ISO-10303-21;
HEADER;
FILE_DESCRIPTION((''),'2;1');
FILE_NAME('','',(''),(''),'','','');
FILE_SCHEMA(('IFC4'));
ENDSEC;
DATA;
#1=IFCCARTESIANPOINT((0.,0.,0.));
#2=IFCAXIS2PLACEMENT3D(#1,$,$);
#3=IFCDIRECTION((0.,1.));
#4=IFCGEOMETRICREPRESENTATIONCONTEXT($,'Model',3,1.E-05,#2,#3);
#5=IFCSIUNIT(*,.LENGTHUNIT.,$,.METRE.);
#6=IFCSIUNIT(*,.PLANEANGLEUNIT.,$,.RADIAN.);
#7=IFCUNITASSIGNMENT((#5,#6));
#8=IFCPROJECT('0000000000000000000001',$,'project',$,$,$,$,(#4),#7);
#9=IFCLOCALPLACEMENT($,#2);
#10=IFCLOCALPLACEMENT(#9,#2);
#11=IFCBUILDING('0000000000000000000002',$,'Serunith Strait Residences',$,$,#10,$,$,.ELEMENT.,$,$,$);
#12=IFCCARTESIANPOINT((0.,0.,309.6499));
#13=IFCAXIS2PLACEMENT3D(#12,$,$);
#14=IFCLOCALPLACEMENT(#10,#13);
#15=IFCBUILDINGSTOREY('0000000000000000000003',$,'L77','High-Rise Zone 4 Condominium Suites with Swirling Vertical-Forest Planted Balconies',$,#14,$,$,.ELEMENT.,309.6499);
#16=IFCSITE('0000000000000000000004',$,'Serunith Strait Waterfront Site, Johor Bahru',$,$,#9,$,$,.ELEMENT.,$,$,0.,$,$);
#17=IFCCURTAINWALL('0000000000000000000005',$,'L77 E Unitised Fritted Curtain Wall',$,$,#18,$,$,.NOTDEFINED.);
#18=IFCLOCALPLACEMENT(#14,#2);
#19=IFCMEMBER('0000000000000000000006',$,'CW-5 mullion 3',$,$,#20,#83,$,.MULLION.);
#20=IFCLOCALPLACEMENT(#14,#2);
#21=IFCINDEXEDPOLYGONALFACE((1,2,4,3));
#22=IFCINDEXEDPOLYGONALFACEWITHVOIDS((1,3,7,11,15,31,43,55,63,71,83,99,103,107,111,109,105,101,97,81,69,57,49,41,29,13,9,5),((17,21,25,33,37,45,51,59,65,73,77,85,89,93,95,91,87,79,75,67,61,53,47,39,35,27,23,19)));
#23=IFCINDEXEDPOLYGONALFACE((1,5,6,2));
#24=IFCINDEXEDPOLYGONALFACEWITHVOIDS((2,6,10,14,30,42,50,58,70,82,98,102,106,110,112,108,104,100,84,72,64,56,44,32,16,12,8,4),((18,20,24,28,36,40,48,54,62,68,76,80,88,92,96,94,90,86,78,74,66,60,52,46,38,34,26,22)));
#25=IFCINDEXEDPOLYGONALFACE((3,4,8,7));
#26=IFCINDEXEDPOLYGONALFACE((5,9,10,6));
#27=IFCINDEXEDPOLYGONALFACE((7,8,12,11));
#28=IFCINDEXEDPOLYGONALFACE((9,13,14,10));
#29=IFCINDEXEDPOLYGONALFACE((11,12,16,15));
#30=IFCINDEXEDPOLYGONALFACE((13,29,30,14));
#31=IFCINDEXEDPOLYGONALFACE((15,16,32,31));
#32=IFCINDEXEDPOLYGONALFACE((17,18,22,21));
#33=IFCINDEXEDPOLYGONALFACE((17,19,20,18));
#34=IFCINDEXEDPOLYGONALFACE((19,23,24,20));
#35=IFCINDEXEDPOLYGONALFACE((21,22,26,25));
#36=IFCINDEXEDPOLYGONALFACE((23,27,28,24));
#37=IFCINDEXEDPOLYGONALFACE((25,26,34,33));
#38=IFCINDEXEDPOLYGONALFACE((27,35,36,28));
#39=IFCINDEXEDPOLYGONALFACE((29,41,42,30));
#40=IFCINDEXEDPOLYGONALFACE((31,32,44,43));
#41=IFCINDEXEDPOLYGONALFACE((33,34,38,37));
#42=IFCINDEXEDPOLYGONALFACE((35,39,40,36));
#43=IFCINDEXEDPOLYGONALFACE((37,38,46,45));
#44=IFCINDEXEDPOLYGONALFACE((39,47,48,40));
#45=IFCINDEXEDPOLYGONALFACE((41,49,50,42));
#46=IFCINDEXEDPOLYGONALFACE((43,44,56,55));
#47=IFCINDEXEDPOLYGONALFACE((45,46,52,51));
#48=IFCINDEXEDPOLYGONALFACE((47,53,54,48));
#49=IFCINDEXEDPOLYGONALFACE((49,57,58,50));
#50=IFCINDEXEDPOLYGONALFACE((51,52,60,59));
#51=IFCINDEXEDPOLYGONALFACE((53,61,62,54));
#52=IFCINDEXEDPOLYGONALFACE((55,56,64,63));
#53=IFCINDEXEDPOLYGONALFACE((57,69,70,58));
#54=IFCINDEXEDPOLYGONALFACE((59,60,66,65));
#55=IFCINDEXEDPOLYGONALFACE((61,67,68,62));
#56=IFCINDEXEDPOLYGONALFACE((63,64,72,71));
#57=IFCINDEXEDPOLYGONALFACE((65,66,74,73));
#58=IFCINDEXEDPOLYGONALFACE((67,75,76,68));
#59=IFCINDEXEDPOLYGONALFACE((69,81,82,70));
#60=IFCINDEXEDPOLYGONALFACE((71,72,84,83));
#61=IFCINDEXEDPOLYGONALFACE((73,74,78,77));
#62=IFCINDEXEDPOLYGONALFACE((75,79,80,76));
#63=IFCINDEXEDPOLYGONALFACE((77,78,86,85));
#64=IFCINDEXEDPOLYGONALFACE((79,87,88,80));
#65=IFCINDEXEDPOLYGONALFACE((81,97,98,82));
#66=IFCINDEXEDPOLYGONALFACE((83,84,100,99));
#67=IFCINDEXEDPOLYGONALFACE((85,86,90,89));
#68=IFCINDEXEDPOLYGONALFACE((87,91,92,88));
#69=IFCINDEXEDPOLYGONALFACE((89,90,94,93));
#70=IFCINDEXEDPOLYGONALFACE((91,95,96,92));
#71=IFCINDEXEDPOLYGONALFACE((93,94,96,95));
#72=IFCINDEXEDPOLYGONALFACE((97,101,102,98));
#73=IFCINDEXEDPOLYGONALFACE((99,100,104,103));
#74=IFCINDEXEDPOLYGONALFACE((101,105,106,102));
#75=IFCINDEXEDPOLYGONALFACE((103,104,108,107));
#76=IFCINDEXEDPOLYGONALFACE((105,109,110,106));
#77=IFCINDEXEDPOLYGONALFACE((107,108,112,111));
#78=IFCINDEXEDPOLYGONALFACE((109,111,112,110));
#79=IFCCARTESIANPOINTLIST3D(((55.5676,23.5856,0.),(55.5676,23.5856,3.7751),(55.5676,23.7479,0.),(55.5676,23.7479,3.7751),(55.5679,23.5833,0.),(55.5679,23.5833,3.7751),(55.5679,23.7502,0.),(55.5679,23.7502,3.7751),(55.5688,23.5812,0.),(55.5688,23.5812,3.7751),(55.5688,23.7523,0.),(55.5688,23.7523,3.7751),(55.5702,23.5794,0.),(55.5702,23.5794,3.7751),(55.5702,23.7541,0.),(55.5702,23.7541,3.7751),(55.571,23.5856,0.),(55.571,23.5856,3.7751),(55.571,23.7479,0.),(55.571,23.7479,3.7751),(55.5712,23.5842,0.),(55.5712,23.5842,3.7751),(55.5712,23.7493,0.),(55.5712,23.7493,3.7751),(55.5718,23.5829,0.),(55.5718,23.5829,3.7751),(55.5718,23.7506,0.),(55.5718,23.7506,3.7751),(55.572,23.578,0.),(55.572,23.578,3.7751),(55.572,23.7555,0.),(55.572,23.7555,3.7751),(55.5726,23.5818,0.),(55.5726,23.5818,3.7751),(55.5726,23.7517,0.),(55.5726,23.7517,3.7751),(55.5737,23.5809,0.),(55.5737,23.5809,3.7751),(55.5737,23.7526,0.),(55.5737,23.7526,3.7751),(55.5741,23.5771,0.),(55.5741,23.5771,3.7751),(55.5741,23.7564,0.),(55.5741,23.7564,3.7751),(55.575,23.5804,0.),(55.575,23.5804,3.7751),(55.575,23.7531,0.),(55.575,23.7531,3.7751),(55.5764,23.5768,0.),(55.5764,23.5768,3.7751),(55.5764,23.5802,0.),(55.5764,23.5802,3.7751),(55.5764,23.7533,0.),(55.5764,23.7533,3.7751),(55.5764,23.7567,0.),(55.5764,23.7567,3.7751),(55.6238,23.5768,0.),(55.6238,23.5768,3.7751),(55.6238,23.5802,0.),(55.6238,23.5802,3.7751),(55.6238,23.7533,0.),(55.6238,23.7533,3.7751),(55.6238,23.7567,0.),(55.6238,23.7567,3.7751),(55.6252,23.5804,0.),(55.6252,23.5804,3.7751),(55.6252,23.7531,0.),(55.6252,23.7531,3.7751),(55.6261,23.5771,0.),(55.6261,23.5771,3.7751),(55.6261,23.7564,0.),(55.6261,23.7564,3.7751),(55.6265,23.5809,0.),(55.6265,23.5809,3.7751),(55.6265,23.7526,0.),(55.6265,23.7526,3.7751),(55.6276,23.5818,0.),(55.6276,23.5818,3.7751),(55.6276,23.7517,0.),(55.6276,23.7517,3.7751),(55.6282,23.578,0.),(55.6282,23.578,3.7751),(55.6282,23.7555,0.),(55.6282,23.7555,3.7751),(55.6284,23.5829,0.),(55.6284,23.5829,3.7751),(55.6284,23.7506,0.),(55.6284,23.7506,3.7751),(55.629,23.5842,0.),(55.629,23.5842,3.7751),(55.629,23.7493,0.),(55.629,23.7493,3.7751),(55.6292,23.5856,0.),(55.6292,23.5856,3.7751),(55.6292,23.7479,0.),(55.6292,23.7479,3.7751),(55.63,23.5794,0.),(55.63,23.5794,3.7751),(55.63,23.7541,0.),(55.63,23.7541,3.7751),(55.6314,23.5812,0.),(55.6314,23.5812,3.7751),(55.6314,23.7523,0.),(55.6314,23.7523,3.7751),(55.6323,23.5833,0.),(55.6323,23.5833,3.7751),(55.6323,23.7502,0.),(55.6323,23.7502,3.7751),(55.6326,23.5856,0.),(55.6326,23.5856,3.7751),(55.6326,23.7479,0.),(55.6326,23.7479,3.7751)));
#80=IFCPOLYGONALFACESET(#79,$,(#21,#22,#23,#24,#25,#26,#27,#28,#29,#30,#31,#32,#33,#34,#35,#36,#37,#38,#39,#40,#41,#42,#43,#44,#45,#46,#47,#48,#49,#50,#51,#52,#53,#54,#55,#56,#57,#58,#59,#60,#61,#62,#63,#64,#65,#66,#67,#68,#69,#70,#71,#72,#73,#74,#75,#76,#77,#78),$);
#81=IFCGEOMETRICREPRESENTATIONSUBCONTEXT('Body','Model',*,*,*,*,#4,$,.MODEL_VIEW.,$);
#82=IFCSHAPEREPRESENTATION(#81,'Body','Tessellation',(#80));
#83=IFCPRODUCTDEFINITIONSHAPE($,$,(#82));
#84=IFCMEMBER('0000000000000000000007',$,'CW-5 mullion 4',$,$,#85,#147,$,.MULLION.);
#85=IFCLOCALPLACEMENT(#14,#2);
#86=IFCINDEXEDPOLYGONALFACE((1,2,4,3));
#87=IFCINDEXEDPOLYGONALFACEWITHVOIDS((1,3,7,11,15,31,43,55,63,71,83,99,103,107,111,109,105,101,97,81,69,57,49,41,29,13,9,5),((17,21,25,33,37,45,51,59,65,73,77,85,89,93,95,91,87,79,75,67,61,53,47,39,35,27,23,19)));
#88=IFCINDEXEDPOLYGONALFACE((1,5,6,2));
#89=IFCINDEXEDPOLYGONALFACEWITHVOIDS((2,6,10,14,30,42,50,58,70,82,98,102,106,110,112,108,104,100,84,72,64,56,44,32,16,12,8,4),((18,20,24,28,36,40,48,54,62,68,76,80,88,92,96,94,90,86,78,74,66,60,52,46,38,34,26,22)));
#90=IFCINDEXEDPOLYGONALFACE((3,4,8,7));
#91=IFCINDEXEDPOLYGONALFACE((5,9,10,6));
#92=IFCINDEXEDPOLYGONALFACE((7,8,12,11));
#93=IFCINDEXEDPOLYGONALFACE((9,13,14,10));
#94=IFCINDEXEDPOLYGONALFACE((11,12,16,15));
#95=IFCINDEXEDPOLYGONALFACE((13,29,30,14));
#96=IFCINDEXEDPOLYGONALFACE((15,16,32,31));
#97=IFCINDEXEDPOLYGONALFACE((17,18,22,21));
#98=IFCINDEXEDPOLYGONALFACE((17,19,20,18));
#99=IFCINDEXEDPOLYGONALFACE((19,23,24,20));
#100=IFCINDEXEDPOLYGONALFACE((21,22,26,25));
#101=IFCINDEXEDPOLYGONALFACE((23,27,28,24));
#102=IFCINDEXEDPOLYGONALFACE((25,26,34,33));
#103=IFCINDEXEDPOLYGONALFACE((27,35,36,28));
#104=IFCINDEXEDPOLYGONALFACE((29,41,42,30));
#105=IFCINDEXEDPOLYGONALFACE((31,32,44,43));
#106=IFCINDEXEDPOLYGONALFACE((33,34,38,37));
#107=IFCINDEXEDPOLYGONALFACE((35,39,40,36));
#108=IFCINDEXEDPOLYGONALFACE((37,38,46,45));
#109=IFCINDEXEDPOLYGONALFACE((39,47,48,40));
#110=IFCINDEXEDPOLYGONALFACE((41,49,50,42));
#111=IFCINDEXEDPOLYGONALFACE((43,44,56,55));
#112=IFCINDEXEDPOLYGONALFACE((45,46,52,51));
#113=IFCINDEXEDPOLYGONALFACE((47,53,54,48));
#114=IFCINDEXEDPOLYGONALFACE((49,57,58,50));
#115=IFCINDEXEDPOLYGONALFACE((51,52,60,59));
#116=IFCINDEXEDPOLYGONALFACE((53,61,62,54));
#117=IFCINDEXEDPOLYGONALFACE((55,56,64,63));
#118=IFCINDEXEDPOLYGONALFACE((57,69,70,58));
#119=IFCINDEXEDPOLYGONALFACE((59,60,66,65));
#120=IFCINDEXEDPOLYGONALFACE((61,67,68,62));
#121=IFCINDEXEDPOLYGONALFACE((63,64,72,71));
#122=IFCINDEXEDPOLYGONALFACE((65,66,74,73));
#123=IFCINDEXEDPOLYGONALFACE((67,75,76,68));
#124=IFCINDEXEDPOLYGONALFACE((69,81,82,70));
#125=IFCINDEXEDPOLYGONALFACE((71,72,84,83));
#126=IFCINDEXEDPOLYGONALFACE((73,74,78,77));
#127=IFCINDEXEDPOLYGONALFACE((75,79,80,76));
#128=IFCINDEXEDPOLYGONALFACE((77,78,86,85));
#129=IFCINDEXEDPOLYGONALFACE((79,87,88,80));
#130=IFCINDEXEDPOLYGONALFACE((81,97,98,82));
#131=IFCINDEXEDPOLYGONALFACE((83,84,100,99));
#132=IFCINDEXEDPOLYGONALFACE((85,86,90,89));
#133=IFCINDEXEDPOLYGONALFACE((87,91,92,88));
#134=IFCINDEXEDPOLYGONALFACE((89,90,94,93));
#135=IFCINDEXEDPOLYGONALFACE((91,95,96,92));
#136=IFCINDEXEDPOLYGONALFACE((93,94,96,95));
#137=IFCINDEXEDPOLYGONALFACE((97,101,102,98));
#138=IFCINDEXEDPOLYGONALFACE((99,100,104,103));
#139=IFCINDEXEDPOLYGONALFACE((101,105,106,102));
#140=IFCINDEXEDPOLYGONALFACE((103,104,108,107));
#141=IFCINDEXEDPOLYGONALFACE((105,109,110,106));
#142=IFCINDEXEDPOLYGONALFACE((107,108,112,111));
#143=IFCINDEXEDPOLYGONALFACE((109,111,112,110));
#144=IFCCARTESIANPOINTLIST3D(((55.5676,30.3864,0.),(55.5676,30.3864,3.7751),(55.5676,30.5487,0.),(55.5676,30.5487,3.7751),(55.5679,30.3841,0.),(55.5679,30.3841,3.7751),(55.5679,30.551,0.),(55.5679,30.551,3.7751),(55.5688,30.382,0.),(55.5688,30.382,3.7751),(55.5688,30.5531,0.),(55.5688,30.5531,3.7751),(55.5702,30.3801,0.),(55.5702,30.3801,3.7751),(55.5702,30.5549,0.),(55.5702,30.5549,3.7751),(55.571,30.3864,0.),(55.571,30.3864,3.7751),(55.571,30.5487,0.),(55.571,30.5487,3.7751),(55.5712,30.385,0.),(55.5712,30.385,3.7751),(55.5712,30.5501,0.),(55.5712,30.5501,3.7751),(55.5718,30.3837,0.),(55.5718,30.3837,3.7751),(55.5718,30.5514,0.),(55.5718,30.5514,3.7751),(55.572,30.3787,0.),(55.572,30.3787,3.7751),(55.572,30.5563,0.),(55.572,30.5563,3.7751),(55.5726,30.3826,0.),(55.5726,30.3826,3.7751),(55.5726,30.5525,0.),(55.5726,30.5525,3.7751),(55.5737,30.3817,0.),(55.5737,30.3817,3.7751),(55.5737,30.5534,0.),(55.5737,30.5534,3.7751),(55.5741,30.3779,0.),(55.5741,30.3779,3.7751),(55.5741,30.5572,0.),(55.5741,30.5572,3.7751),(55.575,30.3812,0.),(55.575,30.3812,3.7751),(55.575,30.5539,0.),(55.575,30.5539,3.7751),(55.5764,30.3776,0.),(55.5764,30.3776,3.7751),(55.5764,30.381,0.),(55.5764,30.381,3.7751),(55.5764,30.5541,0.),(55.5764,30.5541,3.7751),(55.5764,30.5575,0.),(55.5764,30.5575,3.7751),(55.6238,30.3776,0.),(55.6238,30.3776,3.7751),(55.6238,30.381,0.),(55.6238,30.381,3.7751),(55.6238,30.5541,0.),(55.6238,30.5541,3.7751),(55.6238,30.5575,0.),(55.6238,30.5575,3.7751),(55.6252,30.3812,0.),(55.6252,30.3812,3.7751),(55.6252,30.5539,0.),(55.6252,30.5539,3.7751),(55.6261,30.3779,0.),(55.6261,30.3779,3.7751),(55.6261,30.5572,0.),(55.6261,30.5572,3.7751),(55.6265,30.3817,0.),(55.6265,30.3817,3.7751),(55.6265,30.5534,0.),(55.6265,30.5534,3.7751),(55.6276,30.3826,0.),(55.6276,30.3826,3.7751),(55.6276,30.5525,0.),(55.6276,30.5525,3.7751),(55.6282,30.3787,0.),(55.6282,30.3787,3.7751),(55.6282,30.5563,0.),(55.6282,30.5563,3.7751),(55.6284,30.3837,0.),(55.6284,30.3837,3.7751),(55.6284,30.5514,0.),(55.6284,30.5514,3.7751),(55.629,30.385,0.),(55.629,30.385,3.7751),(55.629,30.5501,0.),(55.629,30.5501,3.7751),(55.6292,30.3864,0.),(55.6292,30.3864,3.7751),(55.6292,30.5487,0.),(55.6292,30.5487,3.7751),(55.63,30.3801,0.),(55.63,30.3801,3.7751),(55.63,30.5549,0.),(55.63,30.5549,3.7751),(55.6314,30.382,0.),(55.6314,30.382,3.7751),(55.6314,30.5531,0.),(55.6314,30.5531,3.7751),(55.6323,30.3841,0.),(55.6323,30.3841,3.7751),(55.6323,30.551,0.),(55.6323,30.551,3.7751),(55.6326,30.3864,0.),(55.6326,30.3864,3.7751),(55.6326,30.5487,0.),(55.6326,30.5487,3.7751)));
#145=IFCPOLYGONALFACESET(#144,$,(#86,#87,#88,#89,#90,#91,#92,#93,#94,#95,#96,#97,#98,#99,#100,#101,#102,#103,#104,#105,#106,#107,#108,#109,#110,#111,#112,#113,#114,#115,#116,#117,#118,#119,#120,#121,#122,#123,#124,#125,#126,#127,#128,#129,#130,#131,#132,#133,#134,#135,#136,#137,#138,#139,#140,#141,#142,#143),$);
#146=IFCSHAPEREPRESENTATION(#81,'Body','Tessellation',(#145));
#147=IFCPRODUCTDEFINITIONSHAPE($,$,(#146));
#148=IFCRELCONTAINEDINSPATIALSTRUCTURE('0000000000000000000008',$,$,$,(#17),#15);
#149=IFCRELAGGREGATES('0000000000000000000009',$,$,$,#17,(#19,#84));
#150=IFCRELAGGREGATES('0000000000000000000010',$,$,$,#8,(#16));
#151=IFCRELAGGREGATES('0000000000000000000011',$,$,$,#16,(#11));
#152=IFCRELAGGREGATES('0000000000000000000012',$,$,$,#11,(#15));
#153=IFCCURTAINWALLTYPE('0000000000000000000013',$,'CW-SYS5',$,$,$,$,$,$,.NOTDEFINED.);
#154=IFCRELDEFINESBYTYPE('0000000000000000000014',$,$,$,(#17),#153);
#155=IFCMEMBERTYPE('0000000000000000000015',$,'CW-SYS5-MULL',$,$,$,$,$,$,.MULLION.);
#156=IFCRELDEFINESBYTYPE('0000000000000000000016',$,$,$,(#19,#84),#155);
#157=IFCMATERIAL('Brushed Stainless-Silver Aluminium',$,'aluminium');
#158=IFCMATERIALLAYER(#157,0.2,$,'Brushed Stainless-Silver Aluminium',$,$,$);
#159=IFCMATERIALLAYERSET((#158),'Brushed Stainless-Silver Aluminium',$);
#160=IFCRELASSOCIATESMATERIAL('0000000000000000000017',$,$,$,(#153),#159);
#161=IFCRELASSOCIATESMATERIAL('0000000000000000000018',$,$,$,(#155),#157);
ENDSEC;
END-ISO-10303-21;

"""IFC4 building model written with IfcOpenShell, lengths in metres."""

from ifc_helpers import new_model, si_unit, direction, frame, origin, origin_2d, place, context, subcontext, project, spatial, hollow_rectangle, extrude, source, transform, mapped, material, layer, layer_set, material_profile, profile_set, type_object, element, aggregate, save


model = new_model("IFC4")

# Units and contexts
model_context = context("Model", 3, precision=1e-05, world=origin(), true_north=direction((0.0, 1.0)))
body_context = subcontext(model_context, "Body", "Model", "MODEL_VIEW")
ifc_project = project(units=[si_unit("LENGTHUNIT", "METRE"), si_unit("PLANEANGLEUNIT", "RADIAN")], contexts=[model_context])

# Site, building, storey
site_placement = place(None, origin())
site = spatial("IfcSite", under=ifc_project, at=site_placement, Name="Serunith Strait Waterfront Site, Johor Bahru", CompositionType="ELEMENT", RefElevation=0.0)
building_placement = place(site_placement, origin())
building = spatial("IfcBuilding", under=site, at=building_placement, Name="Serunith Strait Residences", CompositionType="ELEMENT")
storey_placement = place(building_placement, frame((0.0, 0.0, 309.6499)))
storey = spatial("IfcBuildingStorey", under=building, at=storey_placement, Name="L77", Description="High-Rise Zone 4 Condominium Suites with Swirling Vertical-Forest Planted Balconies", CompositionType="ELEMENT", Elevation=309.6499)

# Curtain wall, members
ifc_material_1 = material(Name="Brushed Stainless-Silver Aluminium", Category="aluminium")
ifc_layer_1 = layer(ifc_material_1, 0.2, Name="Brushed Stainless-Silver Aluminium")
ifc_layer_set_1 = layer_set([ifc_layer_1], Name="Brushed Stainless-Silver Aluminium")
curtain_wall_type = type_object("IfcCurtainWallType", Name="CW-SYS5", PredefinedType="NOTDEFINED", material=ifc_layer_set_1)
curtain_wall_1_placement = place(storey_placement, origin())
curtain_wall_1 = element("IfcCurtainWall", 1, at=curtain_wall_1_placement, inside=storey, type_object=curtain_wall_type, Name="L77 E Unitised Fritted Curtain Wall", PredefinedType="NOTDEFINED")
ifc_material_profile_1 = material_profile(ifc_material_1, hollow_rectangle(XDim=0.0649, YDim=0.1799, WallThickness=0.0034, InnerFilletRadius=0.0054, OuterFilletRadius=0.0088, at=origin_2d()), Name="ALU 180x65x3.5")
ifc_profile_set_1 = profile_set([ifc_material_profile_1], Name="Brushed Stainless-Silver Aluminium")
member_type_1 = type_object("IfcMemberType", Name="CW-SYS5-MULL", PredefinedType="MULLION", material=ifc_profile_set_1)
shared_shape_1 = source(origin(), body_context, "Body", "SweptSolid", [
    extrude(hollow_rectangle(XDim=0.0649, YDim=0.1799, WallThickness=0.0034, InnerFilletRadius=0.0054, OuterFilletRadius=0.0088, at=origin_2d()), origin(), (0.0, 0.0, 1.0), 3.7751),
])
member_1_placement = place(storey_placement, frame((55.6001, 23.6667, 0.0), z_axis=(0.0, 0.0, 1.0), x_axis=(-1.0, 0.0, 0.0)))
member_1 = element("IfcMember", 2, at=member_1_placement, type_object=member_type_1, Name="CW-5 mullion 3", PredefinedType="MULLION", context=body_context, shape_type="MappedRepresentation", body=[
    mapped(shared_shape_1, transform((0.0, 0.0, 0.0), scale=1.0)),
])
member_2_placement = place(storey_placement, frame((55.6001, 30.4675, 0.0), z_axis=(0.0, 0.0, 1.0), x_axis=(-1.0, 0.0, 0.0)))
member_2 = element("IfcMember", 3, at=member_2_placement, type_object=member_type_1, Name="CW-5 mullion 4", PredefinedType="MULLION", context=body_context, shape_type="MappedRepresentation", body=[
    mapped(shared_shape_1, transform((0.0, 0.0, 0.0), scale=1.0)),
])

aggregate(curtain_wall_1, [member_1, member_2])

save(model, "model.ifc")
